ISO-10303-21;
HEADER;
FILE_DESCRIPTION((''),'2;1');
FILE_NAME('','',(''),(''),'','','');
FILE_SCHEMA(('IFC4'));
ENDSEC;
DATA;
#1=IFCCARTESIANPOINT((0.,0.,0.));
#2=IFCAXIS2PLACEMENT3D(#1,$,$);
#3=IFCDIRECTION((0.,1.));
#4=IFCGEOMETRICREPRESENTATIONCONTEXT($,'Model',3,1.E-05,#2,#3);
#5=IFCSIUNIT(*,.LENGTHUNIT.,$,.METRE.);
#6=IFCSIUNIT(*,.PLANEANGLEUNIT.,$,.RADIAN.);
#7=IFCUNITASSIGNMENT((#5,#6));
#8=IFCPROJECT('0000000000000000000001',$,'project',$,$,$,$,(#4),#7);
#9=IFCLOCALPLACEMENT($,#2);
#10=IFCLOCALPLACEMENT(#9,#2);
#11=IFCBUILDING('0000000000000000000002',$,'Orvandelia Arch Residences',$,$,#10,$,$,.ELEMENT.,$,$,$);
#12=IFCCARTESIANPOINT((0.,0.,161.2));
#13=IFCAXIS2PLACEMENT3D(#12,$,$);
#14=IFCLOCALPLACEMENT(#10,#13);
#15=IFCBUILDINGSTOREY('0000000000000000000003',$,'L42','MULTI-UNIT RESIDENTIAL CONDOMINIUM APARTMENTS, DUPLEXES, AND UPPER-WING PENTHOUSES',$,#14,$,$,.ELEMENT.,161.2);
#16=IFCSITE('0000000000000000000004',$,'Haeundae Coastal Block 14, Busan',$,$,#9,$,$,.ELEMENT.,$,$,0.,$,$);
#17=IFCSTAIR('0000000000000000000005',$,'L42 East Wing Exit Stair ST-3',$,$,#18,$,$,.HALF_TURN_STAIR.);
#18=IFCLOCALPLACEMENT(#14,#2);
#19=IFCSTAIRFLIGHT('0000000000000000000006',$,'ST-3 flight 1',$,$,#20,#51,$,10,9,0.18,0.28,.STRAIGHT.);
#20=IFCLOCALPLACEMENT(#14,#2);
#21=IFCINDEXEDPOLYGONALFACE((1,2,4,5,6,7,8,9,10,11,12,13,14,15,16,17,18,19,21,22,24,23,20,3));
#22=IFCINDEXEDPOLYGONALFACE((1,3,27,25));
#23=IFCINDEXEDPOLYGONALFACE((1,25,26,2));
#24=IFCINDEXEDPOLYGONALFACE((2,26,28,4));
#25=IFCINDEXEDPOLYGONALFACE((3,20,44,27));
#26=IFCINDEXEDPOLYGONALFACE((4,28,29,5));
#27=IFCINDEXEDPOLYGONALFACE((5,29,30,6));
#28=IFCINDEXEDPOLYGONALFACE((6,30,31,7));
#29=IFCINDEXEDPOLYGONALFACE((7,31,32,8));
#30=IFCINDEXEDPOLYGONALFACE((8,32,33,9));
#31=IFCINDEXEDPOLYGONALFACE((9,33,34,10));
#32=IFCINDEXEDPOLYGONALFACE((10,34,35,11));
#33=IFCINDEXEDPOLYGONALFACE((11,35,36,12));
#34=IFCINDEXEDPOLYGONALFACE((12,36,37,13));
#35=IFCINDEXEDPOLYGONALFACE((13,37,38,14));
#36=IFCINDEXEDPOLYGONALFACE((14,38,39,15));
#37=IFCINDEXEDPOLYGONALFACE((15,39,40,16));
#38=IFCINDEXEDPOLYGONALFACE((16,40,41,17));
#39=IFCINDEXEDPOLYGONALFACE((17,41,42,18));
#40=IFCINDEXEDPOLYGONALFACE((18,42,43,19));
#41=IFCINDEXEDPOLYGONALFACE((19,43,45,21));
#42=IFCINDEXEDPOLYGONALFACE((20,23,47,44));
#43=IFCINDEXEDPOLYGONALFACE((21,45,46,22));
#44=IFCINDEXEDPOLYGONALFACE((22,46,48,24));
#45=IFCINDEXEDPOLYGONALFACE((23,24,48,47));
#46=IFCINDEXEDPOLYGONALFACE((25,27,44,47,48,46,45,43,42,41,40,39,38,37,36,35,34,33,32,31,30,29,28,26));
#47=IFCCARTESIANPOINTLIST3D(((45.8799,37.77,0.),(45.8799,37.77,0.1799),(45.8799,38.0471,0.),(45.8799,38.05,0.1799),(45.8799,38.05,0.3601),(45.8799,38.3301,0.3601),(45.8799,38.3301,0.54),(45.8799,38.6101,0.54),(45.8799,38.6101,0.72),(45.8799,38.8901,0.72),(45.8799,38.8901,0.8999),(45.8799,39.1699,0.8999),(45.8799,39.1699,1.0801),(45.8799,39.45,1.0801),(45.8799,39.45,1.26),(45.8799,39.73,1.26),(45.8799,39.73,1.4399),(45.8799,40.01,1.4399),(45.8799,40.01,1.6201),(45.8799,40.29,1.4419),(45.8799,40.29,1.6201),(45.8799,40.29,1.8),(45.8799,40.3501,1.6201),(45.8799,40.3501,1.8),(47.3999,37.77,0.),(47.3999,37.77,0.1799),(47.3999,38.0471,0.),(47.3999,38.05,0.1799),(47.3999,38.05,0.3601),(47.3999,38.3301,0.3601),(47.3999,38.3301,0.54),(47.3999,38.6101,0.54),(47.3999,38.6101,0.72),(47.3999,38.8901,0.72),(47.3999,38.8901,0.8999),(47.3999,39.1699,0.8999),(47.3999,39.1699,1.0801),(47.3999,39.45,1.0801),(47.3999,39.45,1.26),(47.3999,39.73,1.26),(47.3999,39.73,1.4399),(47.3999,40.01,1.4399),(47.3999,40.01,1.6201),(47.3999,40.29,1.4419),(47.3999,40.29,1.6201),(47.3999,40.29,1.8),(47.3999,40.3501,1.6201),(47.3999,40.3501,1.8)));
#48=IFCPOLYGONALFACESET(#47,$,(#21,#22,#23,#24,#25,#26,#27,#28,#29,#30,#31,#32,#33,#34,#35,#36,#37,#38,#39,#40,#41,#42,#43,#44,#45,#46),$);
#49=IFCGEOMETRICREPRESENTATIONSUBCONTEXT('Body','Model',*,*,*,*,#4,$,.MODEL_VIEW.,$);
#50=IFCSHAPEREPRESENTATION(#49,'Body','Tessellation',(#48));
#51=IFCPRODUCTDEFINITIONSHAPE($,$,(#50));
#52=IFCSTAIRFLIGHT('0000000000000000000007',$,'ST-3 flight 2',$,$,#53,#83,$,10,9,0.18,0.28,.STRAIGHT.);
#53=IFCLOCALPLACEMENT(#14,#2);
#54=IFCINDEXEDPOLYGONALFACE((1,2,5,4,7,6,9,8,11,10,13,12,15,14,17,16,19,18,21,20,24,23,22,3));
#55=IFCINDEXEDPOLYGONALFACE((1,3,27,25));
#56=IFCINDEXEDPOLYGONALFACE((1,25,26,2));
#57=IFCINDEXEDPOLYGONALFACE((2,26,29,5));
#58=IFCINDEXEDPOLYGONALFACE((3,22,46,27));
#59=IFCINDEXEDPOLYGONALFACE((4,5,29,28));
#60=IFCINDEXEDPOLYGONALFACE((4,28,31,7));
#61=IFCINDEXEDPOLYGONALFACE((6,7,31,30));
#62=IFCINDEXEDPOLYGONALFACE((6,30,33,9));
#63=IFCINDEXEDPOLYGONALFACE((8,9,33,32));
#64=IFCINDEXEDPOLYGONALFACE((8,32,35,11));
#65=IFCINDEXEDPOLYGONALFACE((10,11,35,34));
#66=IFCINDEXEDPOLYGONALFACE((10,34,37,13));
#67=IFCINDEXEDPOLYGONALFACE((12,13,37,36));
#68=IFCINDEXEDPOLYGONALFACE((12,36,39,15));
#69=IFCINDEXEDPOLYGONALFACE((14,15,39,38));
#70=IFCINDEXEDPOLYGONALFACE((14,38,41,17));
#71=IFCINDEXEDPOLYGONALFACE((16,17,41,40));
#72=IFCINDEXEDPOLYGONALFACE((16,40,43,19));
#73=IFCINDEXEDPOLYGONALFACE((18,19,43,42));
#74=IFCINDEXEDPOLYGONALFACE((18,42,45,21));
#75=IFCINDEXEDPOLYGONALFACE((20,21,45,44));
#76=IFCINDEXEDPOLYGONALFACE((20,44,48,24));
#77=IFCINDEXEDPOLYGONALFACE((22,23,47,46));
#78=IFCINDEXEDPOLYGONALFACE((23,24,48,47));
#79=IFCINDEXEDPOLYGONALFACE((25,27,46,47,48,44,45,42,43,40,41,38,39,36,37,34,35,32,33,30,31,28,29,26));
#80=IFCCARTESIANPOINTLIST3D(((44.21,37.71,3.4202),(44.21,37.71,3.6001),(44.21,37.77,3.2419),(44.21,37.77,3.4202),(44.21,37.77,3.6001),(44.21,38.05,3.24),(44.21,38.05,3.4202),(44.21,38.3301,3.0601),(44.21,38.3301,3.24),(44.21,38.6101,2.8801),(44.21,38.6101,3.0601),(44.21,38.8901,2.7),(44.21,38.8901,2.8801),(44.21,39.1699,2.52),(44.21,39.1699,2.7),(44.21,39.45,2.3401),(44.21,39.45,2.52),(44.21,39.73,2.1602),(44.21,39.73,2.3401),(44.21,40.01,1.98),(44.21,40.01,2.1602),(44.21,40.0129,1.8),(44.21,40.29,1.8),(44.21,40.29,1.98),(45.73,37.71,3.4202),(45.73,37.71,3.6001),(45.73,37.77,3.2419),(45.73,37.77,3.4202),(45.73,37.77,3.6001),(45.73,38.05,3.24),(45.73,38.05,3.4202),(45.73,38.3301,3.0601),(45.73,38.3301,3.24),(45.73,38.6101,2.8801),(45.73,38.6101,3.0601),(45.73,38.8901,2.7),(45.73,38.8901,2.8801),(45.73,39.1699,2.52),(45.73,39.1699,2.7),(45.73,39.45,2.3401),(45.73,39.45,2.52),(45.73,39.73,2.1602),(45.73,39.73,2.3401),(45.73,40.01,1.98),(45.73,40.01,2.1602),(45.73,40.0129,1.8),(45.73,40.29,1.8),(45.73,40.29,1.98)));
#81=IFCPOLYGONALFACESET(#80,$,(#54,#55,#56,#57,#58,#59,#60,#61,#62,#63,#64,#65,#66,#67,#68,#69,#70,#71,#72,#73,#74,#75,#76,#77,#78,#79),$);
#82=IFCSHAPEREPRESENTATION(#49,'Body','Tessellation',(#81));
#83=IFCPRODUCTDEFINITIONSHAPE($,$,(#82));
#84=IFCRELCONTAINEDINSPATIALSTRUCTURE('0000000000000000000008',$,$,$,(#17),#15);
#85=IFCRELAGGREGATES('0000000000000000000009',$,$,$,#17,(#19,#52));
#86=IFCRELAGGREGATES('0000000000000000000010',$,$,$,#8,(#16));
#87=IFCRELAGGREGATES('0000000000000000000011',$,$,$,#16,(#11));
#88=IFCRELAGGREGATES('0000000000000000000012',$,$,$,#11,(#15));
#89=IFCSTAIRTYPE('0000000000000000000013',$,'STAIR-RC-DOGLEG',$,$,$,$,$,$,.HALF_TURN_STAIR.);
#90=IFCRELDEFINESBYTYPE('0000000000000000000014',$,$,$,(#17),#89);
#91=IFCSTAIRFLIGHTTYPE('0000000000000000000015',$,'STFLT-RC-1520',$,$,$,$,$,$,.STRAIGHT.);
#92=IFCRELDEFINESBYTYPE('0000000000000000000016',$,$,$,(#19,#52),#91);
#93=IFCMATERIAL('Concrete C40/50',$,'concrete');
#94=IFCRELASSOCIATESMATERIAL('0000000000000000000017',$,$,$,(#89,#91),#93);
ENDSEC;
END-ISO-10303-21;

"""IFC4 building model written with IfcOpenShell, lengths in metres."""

from ifc_helpers import new_model, si_unit, direction, frame, origin, place, context, subcontext, project, spatial, polyline, outline, extrude, material, type_object, element, aggregate, save


model = new_model("IFC4")

# Units and contexts
model_context = context("Model", 3, precision=1e-05, world=origin(), true_north=direction((0.0, 1.0)))
body_context = subcontext(model_context, "Body", "Model", "MODEL_VIEW")
ifc_project = project(units=[si_unit("LENGTHUNIT", "METRE"), si_unit("PLANEANGLEUNIT", "RADIAN")], contexts=[model_context])

# Site, building, storey
site_placement = place(None, origin())
site = spatial("IfcSite", under=ifc_project, at=site_placement, Name="Haeundae Coastal Block 14, Busan", CompositionType="ELEMENT", RefElevation=0.0)
building_placement = place(site_placement, origin())
building = spatial("IfcBuilding", under=site, at=building_placement, Name="Orvandelia Arch Residences", CompositionType="ELEMENT")
storey_placement = place(building_placement, frame((0.0, 0.0, 161.2)))
storey = spatial("IfcBuildingStorey", under=building, at=storey_placement, Name="L42", Description="MULTI-UNIT RESIDENTIAL CONDOMINIUM APARTMENTS, DUPLEXES, AND UPPER-WING PENTHOUSES", CompositionType="ELEMENT", Elevation=161.2)

# Stair, stair flights
ifc_material_1 = material(Name="Concrete C40/50", Category="concrete")
stair_type = type_object("IfcStairType", Name="STAIR-RC-DOGLEG", PredefinedType="HALF_TURN_STAIR", material=ifc_material_1)
stair_placement = place(storey_placement, origin())
stair = element("IfcStair", 1, at=stair_placement, inside=storey, type_object=stair_type, Name="L42 East Wing Exit Stair ST-3", PredefinedType="HALF_TURN_STAIR")
stair_flight_type = type_object("IfcStairFlightType", Name="STFLT-RC-1520", PredefinedType="STRAIGHT", material=ifc_material_1)
stair_flight_1_placement = place(storey_placement, frame((46.6399, 37.77, 0.0), z_axis=(0.0, 0.0, 1.0), x_axis=(0.0, 1.0, 0.0)))
stair_flight_1 = element("IfcStairFlight", 2, at=stair_flight_1_placement, type_object=stair_flight_type, Name="ST-3 flight 1", NumberOfRisers=10, NumberOfTreads=9, PredefinedType="STRAIGHT", RiserHeight=0.18, TreadLength=0.28, context=body_context, shape_type="SweptSolid", body=[
    extrude(outline(polyline([(0.0, 0.0), (0.0, 0.1799), (0.28, 0.1799), (0.28, 0.3601), (0.5601, 0.3601), (0.5601, 0.54), (0.8401, 0.54), (0.8401, 0.72), (1.1201, 0.72), (1.1201, 0.8999), (1.3999, 0.8999), (1.3999, 1.0801), (1.6799, 1.0801), (1.6799, 1.26), (1.96, 1.26), (1.96, 1.4399), (2.24, 1.4399), (2.24, 1.6201), (2.52, 1.6201), (2.52, 1.8), (2.5801, 1.8), (2.5801, 1.6201), (2.52, 1.4419), (0.2771, 0.0), (0.0, 0.0)])), frame((0.0, 0.76, 0.0), z_axis=(0.0, -1.0, 0.0), x_axis=(1.0, 0.0, 0.0)), (0.0, 0.0, 1.0), 1.52),
])
stair_flight_2_placement = place(storey_placement, frame((44.97, 40.29, 1.8), z_axis=(0.0, 0.0, 1.0), x_axis=(0.0, -1.0, 0.0)))
stair_flight_2 = element("IfcStairFlight", 3, at=stair_flight_2_placement, type_object=stair_flight_type, Name="ST-3 flight 2", NumberOfRisers=10, NumberOfTreads=9, PredefinedType="STRAIGHT", RiserHeight=0.18, TreadLength=0.28, context=body_context, shape_type="SweptSolid", body=[
    extrude(outline(polyline([(0.0, 0.0), (0.0, 0.1799), (0.28, 0.1799), (0.28, 0.3601), (0.5601, 0.3601), (0.5601, 0.54), (0.8401, 0.54), (0.8401, 0.72), (1.1201, 0.72), (1.1201, 0.8999), (1.3999, 0.8999), (1.3999, 1.0801), (1.6799, 1.0801), (1.6799, 1.26), (1.96, 1.26), (1.96, 1.4399), (2.24, 1.4399), (2.24, 1.6201), (2.52, 1.6201), (2.52, 1.8), (2.5801, 1.8), (2.5801, 1.6201), (2.52, 1.4419), (0.2771, 0.0), (0.0, 0.0)])), frame((0.0, 0.76, 0.0), z_axis=(0.0, -1.0, 0.0), x_axis=(1.0, 0.0, 0.0)), (0.0, 0.0, 1.0), 1.52),
])
aggregate(stair, [stair_flight_1, stair_flight_2])

save(model, "model.ifc")
